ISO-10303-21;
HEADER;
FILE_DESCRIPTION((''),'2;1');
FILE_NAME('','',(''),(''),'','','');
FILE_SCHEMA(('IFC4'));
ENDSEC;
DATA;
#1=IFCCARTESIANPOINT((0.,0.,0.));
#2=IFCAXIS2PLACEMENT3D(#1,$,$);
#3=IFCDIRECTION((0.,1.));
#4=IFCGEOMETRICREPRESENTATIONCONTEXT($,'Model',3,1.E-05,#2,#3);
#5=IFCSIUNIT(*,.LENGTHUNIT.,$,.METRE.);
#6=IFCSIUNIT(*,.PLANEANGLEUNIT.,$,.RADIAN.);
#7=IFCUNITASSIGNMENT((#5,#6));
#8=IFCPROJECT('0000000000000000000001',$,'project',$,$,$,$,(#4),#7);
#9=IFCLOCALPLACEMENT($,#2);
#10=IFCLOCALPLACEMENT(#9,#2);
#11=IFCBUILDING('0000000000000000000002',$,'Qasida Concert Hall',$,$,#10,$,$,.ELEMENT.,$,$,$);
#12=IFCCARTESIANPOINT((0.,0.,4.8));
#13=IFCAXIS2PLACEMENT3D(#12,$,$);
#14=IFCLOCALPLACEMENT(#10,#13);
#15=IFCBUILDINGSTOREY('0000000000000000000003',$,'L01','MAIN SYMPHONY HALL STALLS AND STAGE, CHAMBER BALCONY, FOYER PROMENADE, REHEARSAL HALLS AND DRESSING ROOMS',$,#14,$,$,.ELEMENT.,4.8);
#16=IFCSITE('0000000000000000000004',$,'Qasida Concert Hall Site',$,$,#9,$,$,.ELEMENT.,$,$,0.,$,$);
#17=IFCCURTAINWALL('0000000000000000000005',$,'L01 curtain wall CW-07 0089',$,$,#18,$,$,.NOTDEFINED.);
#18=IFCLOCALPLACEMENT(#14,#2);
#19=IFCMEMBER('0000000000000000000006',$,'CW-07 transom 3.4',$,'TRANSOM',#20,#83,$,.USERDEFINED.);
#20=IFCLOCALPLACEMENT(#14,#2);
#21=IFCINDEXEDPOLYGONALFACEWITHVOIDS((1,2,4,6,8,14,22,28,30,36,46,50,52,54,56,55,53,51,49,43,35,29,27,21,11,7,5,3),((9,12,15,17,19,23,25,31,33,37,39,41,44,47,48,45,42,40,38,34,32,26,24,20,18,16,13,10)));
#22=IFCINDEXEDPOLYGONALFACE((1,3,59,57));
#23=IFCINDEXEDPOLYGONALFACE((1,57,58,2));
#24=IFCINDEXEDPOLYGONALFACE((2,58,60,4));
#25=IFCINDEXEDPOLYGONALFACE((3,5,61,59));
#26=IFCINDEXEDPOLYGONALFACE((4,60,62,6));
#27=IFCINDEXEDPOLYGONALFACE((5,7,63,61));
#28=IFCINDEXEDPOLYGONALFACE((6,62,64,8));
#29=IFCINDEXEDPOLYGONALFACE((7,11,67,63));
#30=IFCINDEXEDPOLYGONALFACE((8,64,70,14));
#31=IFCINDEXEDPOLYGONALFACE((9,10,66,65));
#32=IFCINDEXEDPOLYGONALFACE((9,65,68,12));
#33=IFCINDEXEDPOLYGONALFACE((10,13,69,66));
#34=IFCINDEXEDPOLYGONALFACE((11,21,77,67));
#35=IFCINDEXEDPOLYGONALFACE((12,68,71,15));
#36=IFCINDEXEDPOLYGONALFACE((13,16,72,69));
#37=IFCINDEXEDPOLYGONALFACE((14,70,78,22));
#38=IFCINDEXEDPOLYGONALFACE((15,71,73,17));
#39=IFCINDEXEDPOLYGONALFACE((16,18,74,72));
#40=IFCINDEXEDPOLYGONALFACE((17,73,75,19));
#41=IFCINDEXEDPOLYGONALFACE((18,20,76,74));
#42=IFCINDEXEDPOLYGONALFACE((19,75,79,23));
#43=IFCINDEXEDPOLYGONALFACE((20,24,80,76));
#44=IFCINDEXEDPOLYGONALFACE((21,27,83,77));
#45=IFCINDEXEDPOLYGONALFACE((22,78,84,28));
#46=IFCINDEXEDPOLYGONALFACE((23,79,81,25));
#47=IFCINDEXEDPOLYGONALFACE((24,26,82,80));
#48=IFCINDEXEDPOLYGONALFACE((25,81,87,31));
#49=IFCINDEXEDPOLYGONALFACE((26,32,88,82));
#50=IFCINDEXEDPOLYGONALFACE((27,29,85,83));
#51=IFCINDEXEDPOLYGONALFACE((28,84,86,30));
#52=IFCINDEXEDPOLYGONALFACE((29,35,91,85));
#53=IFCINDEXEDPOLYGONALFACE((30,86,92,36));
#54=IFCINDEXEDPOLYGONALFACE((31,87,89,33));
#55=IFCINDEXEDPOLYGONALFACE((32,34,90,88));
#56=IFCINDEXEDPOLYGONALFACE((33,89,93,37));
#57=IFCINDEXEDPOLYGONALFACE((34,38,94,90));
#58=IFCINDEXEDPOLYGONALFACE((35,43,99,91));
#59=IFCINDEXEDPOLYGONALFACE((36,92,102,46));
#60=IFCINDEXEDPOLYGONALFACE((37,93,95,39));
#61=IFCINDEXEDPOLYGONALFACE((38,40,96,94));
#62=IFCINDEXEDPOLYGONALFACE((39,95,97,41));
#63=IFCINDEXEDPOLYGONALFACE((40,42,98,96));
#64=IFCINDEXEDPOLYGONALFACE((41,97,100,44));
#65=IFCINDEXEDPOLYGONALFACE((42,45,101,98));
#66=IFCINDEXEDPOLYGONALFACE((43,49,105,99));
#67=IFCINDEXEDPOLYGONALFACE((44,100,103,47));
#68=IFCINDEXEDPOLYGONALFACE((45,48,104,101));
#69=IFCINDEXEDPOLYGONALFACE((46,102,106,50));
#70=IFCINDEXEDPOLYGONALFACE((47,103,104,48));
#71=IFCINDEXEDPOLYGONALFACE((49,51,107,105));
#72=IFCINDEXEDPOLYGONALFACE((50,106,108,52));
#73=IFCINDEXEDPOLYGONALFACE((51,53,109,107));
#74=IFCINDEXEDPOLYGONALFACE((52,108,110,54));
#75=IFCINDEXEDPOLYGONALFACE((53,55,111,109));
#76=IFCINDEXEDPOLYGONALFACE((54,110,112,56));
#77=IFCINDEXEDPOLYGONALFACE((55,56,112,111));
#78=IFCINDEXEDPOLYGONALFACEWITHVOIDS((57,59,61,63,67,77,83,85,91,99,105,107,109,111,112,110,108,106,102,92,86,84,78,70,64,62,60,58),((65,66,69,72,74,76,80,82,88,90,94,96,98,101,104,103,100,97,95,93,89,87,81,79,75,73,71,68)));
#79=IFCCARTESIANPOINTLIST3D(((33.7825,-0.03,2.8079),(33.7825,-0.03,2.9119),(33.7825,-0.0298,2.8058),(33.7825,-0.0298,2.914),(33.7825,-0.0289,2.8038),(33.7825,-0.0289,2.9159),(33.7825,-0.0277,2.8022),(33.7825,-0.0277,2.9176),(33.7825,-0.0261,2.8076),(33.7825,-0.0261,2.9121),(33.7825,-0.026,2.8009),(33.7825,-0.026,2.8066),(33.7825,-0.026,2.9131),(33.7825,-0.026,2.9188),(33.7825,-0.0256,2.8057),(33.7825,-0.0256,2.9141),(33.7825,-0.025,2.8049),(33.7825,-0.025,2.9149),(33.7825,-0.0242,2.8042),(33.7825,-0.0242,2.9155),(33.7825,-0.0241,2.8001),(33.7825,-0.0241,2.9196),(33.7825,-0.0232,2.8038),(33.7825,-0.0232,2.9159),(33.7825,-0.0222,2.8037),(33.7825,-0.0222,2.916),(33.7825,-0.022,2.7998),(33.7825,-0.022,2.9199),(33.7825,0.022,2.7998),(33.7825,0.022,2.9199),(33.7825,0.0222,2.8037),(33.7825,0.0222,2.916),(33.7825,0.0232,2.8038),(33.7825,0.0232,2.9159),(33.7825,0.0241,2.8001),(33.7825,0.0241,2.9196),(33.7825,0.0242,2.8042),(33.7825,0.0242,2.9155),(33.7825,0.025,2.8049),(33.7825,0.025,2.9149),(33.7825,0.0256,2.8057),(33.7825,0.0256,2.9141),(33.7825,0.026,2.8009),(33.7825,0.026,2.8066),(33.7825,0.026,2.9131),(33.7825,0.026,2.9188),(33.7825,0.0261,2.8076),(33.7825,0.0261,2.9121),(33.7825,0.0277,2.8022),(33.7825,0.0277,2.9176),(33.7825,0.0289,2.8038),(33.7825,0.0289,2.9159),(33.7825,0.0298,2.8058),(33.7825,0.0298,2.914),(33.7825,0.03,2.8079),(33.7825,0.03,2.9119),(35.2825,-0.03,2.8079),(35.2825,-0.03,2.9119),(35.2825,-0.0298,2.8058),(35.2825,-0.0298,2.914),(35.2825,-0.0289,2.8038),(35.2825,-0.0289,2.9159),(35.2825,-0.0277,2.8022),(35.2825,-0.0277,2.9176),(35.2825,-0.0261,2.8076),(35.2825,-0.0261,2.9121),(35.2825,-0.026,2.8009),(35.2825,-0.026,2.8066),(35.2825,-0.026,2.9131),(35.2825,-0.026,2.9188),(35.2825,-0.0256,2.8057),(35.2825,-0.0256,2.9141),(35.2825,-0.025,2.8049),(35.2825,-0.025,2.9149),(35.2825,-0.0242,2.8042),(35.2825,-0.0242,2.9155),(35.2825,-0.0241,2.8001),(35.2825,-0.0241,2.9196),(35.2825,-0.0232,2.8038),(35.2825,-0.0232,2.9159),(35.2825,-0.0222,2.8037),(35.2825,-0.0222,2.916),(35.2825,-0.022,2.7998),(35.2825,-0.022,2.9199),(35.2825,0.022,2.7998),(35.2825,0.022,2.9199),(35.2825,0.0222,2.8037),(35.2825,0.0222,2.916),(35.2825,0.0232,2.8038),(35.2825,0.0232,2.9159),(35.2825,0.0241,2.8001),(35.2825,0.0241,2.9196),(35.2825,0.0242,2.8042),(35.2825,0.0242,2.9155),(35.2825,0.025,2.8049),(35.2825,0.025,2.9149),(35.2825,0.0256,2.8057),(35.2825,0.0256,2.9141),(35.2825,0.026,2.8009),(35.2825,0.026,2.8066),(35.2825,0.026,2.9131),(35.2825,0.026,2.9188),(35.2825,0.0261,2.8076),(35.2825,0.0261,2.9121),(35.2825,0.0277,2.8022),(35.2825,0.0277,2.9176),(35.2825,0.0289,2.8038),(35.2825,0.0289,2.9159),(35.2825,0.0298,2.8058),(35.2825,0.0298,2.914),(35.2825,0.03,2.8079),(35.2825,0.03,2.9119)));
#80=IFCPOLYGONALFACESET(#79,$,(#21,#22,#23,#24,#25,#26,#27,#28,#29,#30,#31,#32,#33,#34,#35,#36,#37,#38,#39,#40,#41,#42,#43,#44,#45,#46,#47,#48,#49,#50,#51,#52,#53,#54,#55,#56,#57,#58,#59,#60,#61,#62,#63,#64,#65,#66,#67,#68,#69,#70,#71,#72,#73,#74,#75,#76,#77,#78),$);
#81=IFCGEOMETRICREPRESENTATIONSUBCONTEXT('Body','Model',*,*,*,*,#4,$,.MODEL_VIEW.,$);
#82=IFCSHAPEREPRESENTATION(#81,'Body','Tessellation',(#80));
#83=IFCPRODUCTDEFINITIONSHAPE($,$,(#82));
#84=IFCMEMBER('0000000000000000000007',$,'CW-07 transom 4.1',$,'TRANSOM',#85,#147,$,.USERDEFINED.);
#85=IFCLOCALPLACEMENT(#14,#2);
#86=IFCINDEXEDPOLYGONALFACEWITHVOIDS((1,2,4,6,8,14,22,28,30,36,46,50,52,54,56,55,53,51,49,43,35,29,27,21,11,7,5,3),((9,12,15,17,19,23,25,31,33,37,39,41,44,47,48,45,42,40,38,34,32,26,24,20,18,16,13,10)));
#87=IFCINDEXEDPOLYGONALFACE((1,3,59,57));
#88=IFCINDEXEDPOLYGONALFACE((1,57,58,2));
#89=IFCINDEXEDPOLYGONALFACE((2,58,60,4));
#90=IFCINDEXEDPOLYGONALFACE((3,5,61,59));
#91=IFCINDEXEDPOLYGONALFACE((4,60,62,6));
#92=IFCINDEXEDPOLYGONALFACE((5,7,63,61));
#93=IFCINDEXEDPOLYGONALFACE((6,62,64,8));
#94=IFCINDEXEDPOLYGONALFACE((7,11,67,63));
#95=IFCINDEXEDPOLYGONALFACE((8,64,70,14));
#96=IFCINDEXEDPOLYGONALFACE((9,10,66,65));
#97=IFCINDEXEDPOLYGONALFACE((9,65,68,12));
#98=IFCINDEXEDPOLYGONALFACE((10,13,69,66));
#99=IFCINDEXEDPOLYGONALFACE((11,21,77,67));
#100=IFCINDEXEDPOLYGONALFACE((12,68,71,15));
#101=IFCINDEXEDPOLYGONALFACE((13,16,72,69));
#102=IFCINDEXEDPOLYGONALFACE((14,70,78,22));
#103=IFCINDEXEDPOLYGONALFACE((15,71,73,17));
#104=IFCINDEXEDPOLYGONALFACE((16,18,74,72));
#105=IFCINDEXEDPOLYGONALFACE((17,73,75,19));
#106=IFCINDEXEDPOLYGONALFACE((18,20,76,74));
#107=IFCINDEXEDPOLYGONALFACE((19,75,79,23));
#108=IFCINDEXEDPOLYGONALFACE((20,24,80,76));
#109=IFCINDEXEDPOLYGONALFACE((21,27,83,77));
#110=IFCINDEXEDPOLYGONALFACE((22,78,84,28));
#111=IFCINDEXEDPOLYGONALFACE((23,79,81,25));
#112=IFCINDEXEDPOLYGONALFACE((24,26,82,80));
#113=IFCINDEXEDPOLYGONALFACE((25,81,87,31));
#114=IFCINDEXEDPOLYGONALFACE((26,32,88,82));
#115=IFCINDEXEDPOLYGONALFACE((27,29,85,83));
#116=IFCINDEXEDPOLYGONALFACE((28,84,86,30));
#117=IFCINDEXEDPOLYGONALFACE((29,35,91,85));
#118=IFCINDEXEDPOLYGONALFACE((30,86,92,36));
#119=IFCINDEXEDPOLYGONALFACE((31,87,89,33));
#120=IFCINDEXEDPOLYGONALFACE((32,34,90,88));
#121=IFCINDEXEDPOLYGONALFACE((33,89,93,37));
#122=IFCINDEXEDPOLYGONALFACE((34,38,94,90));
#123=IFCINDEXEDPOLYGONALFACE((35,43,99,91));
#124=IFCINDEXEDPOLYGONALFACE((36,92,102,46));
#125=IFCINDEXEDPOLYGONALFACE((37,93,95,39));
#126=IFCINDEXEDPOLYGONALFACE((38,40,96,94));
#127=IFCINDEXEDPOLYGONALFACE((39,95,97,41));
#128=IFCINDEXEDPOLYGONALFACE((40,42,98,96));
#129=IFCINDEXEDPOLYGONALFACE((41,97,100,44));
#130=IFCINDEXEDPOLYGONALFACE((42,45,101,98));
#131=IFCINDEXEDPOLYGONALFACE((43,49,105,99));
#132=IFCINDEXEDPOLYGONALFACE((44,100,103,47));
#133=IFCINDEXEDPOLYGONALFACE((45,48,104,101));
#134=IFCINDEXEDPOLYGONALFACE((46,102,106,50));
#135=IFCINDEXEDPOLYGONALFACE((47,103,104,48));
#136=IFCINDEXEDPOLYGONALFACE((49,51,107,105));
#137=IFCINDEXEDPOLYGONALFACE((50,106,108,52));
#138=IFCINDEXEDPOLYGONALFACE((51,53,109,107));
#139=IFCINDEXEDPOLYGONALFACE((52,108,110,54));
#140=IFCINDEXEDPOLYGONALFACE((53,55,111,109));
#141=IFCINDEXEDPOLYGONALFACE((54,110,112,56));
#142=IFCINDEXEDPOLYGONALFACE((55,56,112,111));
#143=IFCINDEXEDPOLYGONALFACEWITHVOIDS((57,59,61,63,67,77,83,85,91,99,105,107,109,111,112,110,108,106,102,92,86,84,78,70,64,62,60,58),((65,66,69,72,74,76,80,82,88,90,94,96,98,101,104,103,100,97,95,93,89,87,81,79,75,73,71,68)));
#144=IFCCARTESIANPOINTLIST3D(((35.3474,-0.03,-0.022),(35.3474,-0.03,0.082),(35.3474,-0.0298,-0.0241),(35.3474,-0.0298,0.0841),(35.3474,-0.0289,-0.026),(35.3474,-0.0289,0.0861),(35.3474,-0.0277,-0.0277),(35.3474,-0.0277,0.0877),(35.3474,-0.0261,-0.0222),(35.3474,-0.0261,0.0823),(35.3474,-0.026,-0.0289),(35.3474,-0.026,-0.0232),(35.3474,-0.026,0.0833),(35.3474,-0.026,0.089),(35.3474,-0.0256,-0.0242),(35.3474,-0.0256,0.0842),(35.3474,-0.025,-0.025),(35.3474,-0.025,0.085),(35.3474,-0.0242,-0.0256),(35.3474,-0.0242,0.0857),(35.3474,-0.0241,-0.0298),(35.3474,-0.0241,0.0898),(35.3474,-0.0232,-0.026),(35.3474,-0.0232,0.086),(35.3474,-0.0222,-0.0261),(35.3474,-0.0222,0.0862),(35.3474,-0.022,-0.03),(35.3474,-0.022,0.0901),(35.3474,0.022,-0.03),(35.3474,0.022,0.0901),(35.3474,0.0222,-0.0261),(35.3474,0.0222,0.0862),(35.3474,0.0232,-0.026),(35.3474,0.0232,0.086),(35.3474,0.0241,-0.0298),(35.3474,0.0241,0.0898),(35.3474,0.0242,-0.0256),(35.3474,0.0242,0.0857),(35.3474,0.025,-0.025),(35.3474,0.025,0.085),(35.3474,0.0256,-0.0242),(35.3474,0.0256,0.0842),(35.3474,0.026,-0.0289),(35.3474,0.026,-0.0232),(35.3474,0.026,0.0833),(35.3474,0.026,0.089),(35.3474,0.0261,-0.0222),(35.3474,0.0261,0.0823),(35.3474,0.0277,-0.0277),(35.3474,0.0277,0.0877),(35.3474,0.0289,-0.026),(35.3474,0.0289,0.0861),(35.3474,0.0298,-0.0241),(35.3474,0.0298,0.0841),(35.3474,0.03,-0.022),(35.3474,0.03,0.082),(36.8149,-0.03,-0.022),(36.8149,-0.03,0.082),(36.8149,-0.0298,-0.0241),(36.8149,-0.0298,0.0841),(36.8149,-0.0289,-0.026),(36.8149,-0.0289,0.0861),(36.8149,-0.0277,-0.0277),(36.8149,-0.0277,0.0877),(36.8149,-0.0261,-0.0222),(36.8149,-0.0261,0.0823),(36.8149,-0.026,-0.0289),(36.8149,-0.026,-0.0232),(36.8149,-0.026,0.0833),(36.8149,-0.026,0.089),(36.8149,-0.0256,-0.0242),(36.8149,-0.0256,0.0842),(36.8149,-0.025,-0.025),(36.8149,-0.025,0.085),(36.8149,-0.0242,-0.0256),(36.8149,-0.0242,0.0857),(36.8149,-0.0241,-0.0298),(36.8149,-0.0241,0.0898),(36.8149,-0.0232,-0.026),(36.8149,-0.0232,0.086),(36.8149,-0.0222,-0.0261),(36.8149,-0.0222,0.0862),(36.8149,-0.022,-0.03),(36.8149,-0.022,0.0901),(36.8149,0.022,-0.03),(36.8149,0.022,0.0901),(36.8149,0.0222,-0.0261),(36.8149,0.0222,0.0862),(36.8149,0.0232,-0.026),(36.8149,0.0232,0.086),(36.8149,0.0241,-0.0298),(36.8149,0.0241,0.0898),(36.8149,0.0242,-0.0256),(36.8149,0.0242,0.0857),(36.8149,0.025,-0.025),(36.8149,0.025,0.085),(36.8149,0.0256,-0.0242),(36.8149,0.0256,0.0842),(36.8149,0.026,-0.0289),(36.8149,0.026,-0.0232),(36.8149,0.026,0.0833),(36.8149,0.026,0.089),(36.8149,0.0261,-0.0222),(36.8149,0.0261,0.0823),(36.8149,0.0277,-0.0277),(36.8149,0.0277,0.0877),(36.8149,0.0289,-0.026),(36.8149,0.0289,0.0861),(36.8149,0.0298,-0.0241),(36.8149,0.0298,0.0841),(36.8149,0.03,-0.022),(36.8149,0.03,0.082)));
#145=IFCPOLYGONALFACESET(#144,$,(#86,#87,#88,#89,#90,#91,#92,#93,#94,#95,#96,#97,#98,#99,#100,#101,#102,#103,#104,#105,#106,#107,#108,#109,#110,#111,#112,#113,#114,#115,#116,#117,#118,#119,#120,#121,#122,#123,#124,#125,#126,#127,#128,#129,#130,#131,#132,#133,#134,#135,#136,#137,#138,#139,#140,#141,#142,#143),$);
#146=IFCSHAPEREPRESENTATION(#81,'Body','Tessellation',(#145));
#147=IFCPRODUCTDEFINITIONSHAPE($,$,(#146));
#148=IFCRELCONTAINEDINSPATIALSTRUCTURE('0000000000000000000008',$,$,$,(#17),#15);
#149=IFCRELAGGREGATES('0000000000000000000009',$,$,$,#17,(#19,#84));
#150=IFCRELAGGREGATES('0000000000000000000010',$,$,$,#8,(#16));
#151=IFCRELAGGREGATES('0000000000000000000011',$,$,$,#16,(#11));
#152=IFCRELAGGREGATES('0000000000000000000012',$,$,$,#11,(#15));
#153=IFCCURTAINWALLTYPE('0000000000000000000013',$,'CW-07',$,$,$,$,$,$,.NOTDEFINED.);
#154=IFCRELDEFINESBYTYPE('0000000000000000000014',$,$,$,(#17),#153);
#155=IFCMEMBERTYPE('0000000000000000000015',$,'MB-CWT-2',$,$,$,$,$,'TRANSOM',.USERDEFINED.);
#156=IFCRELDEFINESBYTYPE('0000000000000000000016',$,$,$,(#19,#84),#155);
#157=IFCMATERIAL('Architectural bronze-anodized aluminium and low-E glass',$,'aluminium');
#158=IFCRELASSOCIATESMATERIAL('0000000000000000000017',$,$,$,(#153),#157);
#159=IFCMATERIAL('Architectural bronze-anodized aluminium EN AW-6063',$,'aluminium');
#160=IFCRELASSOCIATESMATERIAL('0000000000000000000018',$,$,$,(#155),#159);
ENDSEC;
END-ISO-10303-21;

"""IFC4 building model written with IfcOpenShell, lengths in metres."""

from ifc_helpers import new_model, si_unit, direction, frame, origin, origin_2d, place, context, subcontext, project, spatial, hollow_rectangle, extrude, material, material_profile, profile_set, type_object, element, aggregate, save


model = new_model("IFC4")

# Units and contexts
model_context = context("Model", 3, precision=1e-05, world=origin(), true_north=direction((0.0, 1.0)))
body_context = subcontext(model_context, "Body", "Model", "MODEL_VIEW")
ifc_project = project(units=[si_unit("LENGTHUNIT", "METRE"), si_unit("PLANEANGLEUNIT", "RADIAN")], contexts=[model_context])

# Site, building, storey
site_placement = place(None, origin())
site = spatial("IfcSite", under=ifc_project, at=site_placement, Name="Qasida Concert Hall Site", CompositionType="ELEMENT", RefElevation=0.0)
building_placement = place(site_placement, origin())
building = spatial("IfcBuilding", under=site, at=building_placement, Name="Qasida Concert Hall", CompositionType="ELEMENT")
storey_placement = place(building_placement, frame((0.0, 0.0, 4.8)))
storey = spatial("IfcBuildingStorey", under=building, at=storey_placement, Name="L01", Description="MAIN SYMPHONY HALL STALLS AND STAGE, CHAMBER BALCONY, FOYER PROMENADE, REHEARSAL HALLS AND DRESSING ROOMS", CompositionType="ELEMENT", Elevation=4.8)

# Curtain wall
ifc_material_1 = material(Name="Architectural bronze-anodized aluminium and low-E glass", Category="aluminium")
curtain_wall_type = type_object("IfcCurtainWallType", Name="CW-07", PredefinedType="NOTDEFINED", material=ifc_material_1)
curtain_wall_1_placement = place(storey_placement, origin())
curtain_wall_1 = element("IfcCurtainWall", 1, at=curtain_wall_1_placement, inside=storey, type_object=curtain_wall_type, Name="L01 curtain wall CW-07 0089", PredefinedType="NOTDEFINED")
ifc_material_2 = material(Name="Architectural bronze-anodized aluminium EN AW-6063", Category="aluminium")

# Members
ifc_material_profile_1 = material_profile(ifc_material_2, hollow_rectangle(XDim=0.0601, YDim=0.1201, WallThickness=0.0039, InnerFilletRadius=0.0039, OuterFilletRadius=0.0081, at=origin_2d()), Name="CWT 120x60x4")
ifc_profile_set_1 = profile_set([ifc_material_profile_1], Name="Architectural bronze-anodized aluminium EN AW-6063")
member_type_1 = type_object("IfcMemberType", Name="MB-CWT-2", ElementType="TRANSOM", PredefinedType="USERDEFINED", material=ifc_profile_set_1)
member_1_placement = place(storey_placement, frame((33.7825, 0.0, 2.8599), z_axis=(1.0, 0.0, 0.0), x_axis=(0.0, 1.0, 0.0)))
member_1 = element("IfcMember", 2, at=member_1_placement, type_object=member_type_1, Name="CW-07 transom 3.4", ObjectType="TRANSOM", PredefinedType="USERDEFINED", context=body_context, shape_type="SweptSolid", body=[
    extrude(hollow_rectangle(XDim=0.0601, YDim=0.1201, WallThickness=0.0039, InnerFilletRadius=0.0039, OuterFilletRadius=0.0081, at=origin_2d()), origin(), (0.0, 0.0, 1.0), 1.5),
])
member_2_placement = place(storey_placement, frame((35.3474, 0.0, 0.03), z_axis=(1.0, 0.0, 0.0), x_axis=(0.0, 1.0, 0.0)))
member_2 = element("IfcMember", 3, at=member_2_placement, type_object=member_type_1, Name="CW-07 transom 4.1", ObjectType="TRANSOM", PredefinedType="USERDEFINED", context=body_context, shape_type="SweptSolid", body=[
    extrude(hollow_rectangle(XDim=0.0601, YDim=0.1201, WallThickness=0.0039, InnerFilletRadius=0.0039, OuterFilletRadius=0.0081, at=origin_2d()), origin(), (0.0, 0.0, 1.0), 1.4675),
])

aggregate(curtain_wall_1, [member_1, member_2])

save(model, "model.ifc")
